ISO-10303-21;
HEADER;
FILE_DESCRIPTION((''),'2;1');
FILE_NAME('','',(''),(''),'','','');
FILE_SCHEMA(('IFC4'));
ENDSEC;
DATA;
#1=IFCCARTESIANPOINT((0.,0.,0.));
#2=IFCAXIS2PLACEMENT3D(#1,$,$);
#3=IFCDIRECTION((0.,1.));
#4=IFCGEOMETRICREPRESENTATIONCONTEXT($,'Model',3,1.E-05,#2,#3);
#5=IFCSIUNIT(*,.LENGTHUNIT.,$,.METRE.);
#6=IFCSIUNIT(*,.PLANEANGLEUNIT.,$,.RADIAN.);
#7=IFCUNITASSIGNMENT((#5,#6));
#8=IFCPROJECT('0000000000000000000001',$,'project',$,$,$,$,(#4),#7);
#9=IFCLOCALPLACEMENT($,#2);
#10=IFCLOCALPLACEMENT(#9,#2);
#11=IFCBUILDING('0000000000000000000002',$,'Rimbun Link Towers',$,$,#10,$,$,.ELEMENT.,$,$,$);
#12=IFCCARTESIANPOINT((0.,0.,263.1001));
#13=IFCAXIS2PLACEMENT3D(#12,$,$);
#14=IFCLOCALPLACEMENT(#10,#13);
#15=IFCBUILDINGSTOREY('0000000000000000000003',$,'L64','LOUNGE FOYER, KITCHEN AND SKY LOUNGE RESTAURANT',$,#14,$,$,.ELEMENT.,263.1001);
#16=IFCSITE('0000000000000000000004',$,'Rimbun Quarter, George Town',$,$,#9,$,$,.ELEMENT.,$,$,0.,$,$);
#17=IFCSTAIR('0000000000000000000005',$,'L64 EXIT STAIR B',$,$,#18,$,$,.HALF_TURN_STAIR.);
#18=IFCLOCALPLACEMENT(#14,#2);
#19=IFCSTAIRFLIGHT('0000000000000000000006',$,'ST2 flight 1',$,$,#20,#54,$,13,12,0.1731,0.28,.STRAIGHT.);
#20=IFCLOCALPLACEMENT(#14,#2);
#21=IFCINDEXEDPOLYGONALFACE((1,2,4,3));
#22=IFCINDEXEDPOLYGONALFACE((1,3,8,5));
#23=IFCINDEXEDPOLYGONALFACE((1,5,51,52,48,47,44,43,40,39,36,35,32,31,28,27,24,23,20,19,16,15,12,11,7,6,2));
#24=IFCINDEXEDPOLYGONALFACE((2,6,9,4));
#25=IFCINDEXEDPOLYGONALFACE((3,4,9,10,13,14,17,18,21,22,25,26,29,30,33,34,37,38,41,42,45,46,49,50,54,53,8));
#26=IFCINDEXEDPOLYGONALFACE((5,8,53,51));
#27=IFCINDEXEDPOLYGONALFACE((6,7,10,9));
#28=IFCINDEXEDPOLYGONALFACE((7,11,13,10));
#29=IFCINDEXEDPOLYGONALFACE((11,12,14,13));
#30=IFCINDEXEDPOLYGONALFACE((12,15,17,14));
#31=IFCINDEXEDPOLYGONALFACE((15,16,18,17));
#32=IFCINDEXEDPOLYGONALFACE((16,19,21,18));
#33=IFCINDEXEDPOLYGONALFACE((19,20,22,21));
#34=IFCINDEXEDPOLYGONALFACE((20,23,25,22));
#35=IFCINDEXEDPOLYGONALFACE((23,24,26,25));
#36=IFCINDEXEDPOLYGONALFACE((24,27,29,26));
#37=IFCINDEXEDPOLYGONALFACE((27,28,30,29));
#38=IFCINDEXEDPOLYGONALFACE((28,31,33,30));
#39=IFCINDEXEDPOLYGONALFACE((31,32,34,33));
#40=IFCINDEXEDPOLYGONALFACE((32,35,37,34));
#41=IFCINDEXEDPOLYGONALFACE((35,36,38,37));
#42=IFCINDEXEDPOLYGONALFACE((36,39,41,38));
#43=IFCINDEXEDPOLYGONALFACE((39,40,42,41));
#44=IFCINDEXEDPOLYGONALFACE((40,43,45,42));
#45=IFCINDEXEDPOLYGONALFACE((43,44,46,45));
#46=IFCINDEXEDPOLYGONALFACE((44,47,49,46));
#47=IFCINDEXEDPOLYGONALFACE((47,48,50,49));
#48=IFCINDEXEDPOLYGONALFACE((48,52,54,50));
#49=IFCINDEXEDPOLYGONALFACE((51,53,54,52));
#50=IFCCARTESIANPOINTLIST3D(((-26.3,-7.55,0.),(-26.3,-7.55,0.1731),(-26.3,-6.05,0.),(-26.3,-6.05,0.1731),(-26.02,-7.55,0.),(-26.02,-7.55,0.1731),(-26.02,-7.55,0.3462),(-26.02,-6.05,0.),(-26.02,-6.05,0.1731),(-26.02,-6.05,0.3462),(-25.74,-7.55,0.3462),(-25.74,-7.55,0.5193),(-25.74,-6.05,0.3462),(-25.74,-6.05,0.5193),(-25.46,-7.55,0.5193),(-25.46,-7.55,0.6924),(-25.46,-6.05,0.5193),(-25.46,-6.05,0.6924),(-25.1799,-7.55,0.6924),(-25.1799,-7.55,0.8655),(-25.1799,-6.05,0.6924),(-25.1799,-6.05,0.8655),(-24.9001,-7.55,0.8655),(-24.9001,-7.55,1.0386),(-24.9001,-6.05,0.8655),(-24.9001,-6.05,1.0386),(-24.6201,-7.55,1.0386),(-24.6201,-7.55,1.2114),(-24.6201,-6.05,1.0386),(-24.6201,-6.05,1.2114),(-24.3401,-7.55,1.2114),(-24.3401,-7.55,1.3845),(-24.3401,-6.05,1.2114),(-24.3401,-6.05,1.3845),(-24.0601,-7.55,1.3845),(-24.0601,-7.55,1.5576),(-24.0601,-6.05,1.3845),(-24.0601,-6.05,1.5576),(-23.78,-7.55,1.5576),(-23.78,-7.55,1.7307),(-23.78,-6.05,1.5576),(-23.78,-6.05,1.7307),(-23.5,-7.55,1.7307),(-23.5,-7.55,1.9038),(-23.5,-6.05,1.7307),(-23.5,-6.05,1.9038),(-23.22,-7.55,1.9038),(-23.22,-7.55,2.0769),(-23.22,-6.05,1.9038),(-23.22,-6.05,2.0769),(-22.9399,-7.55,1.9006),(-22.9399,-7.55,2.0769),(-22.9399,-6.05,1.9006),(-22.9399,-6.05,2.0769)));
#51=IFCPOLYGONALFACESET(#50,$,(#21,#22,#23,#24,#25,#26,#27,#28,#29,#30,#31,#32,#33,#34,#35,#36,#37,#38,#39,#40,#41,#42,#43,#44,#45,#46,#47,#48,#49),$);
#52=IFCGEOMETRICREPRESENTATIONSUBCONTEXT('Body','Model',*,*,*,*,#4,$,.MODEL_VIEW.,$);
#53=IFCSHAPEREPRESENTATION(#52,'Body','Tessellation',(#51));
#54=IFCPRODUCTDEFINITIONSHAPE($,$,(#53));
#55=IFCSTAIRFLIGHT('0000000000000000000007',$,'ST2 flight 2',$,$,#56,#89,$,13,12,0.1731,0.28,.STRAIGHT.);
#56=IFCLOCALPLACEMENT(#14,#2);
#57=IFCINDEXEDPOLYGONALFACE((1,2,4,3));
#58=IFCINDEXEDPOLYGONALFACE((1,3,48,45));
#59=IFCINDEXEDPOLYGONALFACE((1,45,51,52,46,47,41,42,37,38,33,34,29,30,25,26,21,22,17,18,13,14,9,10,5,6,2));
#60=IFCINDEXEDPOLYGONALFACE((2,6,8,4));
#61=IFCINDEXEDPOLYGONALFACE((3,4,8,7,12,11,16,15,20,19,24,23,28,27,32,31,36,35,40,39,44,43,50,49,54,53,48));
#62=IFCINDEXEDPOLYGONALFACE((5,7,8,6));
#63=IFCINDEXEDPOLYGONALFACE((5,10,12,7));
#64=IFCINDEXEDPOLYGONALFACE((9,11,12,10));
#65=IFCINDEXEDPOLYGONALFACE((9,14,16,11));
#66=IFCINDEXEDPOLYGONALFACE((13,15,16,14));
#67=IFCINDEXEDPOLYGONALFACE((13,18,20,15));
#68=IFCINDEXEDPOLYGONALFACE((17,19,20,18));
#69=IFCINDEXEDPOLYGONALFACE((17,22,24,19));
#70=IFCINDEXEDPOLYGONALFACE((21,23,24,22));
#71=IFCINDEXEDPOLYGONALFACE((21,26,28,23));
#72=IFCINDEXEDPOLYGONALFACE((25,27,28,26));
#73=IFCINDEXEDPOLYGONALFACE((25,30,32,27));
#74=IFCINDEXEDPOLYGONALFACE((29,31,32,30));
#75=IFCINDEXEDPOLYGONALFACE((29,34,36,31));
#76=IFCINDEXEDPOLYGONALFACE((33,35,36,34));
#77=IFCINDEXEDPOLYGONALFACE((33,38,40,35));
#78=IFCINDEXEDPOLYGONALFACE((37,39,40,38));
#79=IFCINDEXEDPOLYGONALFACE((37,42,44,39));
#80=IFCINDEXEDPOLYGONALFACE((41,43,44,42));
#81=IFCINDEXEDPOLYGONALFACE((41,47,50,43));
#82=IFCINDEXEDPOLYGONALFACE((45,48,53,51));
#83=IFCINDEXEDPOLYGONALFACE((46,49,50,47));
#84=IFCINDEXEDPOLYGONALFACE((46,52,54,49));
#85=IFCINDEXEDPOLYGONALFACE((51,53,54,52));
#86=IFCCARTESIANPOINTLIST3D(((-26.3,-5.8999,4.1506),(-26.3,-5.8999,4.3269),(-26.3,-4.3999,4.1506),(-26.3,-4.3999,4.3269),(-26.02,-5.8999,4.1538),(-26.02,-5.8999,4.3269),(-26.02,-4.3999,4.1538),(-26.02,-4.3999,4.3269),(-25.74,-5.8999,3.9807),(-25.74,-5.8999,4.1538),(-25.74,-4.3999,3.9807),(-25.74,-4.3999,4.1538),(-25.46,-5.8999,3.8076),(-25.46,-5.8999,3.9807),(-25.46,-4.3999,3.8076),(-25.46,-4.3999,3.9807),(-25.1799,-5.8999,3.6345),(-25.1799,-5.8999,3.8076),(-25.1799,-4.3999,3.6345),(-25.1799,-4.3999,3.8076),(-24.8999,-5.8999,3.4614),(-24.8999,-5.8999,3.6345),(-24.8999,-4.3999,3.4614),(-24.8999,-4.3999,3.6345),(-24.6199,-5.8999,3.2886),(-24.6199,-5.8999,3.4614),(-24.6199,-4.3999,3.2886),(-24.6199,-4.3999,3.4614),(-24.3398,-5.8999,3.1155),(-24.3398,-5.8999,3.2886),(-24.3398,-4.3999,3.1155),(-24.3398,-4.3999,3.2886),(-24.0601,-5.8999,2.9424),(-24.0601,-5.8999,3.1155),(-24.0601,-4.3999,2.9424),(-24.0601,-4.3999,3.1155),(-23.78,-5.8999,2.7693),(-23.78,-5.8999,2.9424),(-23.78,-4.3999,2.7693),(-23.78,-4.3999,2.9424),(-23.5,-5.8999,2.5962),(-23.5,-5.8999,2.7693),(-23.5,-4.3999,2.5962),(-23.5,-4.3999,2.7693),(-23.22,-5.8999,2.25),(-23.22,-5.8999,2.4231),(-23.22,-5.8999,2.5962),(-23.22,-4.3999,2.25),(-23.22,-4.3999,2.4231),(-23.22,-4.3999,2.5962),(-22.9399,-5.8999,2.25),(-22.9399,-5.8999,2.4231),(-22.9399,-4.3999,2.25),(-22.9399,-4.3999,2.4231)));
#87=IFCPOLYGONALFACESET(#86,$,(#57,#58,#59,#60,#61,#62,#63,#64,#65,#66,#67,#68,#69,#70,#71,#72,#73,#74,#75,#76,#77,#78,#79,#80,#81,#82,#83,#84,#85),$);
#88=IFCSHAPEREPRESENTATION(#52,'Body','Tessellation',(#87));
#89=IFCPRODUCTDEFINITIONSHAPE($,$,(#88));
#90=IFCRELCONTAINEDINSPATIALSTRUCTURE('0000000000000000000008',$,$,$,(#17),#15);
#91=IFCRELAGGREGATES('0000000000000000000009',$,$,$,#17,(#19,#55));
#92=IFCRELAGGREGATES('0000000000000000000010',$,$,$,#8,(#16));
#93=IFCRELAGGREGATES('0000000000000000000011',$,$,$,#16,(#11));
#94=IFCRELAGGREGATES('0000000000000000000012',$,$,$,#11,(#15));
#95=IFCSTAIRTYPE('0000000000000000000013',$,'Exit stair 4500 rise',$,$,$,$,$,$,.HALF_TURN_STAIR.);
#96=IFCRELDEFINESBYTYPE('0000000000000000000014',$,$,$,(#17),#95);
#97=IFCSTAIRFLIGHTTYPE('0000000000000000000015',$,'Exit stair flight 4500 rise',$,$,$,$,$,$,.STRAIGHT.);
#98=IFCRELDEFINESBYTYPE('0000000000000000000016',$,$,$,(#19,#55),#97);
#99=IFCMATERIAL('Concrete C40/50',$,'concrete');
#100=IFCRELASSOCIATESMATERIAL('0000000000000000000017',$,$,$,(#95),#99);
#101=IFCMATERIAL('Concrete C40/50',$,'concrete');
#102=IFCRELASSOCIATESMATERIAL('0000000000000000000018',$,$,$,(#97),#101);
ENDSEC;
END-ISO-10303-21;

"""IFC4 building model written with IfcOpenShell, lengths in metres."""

from ifc_helpers import new_model, si_unit, direction, frame, origin, place, context, subcontext, project, spatial, polyline, outline, extrude, material, type_object, element, aggregate, save


model = new_model("IFC4")

# Units and contexts
model_context = context("Model", 3, precision=1e-05, world=origin(), true_north=direction((0.0, 1.0)))
body_context = subcontext(model_context, "Body", "Model", "MODEL_VIEW")
ifc_project = project(units=[si_unit("LENGTHUNIT", "METRE"), si_unit("PLANEANGLEUNIT", "RADIAN")], contexts=[model_context])

# Site, building, storey
site_placement = place(None, origin())
site = spatial("IfcSite", under=ifc_project, at=site_placement, Name="Rimbun Quarter, George Town", CompositionType="ELEMENT", RefElevation=0.0)
building_placement = place(site_placement, origin())
building = spatial("IfcBuilding", under=site, at=building_placement, Name="Rimbun Link Towers", CompositionType="ELEMENT")
storey_placement = place(building_placement, frame((0.0, 0.0, 263.1001)))
storey = spatial("IfcBuildingStorey", under=building, at=storey_placement, Name="L64", Description="LOUNGE FOYER, KITCHEN AND SKY LOUNGE RESTAURANT", CompositionType="ELEMENT", Elevation=263.1001)

# Stair, stair flights
ifc_material_1 = material(Name="Concrete C40/50", Category="concrete")
stair_type = type_object("IfcStairType", Name="Exit stair 4500 rise", PredefinedType="HALF_TURN_STAIR", material=ifc_material_1)
stair_placement = place(storey_placement, origin())
stair = element("IfcStair", 1, at=stair_placement, inside=storey, type_object=stair_type, Name="L64 EXIT STAIR B", PredefinedType="HALF_TURN_STAIR")
ifc_material_2 = material(Name="Concrete C40/50", Category="concrete")
stair_flight_type = type_object("IfcStairFlightType", Name="Exit stair flight 4500 rise", PredefinedType="STRAIGHT", material=ifc_material_2)
stair_flight_1_placement = place(storey_placement, frame((-26.3, -6.8, 0.0), z_axis=(0.0, 0.0, 1.0), x_axis=(1.0, 0.0, 0.0)))
stair_flight_1 = element("IfcStairFlight", 2, at=stair_flight_1_placement, type_object=stair_flight_type, Name="ST2 flight 1", NumberOfRisers=13, NumberOfTreads=12, PredefinedType="STRAIGHT", RiserHeight=0.1731, TreadLength=0.28, context=body_context, shape_type="SweptSolid", body=[
    extrude(outline(polyline([(0.0, 0.0), (0.0, 0.1731), (0.28, 0.1731), (0.28, 0.3462), (0.5601, 0.3462), (0.5601, 0.5193), (0.8401, 0.5193), (0.8401, 0.6924), (1.1201, 0.6924), (1.1201, 0.8655), (1.3999, 0.8655), (1.3999, 1.0386), (1.6799, 1.0386), (1.6799, 1.2114), (1.96, 1.2114), (1.96, 1.3845), (2.24, 1.3845), (2.24, 1.5576), (2.52, 1.5576), (2.52, 1.7307), (2.8, 1.7307), (2.8, 1.9038), (3.0801, 1.9038), (3.0801, 2.0769), (3.3601, 2.0769), (3.3601, 2.25), (3.3601, 1.9006), (0.28, 0.0), (0.0, 0.0)])), frame((0.0, 0.75, 0.0), z_axis=(0.0, -1.0, 0.0), x_axis=(1.0, 0.0, 0.0)), (0.0, 0.0, 1.0), 1.5),
])
stair_flight_2_placement = place(storey_placement, frame((-22.9399, -5.1499, 2.25), z_axis=(0.0, 0.0, 1.0), x_axis=(-1.0, 0.0, 0.0)))
stair_flight_2 = element("IfcStairFlight", 3, at=stair_flight_2_placement, type_object=stair_flight_type, Name="ST2 flight 2", NumberOfRisers=13, NumberOfTreads=12, PredefinedType="STRAIGHT", RiserHeight=0.1731, TreadLength=0.28, context=body_context, shape_type="SweptSolid", body=[
    extrude(outline(polyline([(0.0, 0.0), (0.0, 0.1731), (0.28, 0.1731), (0.28, 0.3462), (0.5601, 0.3462), (0.5601, 0.5193), (0.8401, 0.5193), (0.8401, 0.6924), (1.1201, 0.6924), (1.1201, 0.8655), (1.3999, 0.8655), (1.3999, 1.0386), (1.6799, 1.0386), (1.6799, 1.2114), (1.96, 1.2114), (1.96, 1.3845), (2.24, 1.3845), (2.24, 1.5576), (2.52, 1.5576), (2.52, 1.7307), (2.8, 1.7307), (2.8, 1.9038), (3.0801, 1.9038), (3.0801, 2.0769), (3.3601, 2.0769), (3.3601, 2.25), (3.3601, 1.9006), (0.28, 0.0), (0.0, 0.0)])), frame((0.0, 0.75, 0.0), z_axis=(0.0, -1.0, 0.0), x_axis=(1.0, 0.0, 0.0)), (0.0, 0.0, 1.0), 1.5),
])
aggregate(stair, [stair_flight_1, stair_flight_2])

save(model, "model.ifc")
